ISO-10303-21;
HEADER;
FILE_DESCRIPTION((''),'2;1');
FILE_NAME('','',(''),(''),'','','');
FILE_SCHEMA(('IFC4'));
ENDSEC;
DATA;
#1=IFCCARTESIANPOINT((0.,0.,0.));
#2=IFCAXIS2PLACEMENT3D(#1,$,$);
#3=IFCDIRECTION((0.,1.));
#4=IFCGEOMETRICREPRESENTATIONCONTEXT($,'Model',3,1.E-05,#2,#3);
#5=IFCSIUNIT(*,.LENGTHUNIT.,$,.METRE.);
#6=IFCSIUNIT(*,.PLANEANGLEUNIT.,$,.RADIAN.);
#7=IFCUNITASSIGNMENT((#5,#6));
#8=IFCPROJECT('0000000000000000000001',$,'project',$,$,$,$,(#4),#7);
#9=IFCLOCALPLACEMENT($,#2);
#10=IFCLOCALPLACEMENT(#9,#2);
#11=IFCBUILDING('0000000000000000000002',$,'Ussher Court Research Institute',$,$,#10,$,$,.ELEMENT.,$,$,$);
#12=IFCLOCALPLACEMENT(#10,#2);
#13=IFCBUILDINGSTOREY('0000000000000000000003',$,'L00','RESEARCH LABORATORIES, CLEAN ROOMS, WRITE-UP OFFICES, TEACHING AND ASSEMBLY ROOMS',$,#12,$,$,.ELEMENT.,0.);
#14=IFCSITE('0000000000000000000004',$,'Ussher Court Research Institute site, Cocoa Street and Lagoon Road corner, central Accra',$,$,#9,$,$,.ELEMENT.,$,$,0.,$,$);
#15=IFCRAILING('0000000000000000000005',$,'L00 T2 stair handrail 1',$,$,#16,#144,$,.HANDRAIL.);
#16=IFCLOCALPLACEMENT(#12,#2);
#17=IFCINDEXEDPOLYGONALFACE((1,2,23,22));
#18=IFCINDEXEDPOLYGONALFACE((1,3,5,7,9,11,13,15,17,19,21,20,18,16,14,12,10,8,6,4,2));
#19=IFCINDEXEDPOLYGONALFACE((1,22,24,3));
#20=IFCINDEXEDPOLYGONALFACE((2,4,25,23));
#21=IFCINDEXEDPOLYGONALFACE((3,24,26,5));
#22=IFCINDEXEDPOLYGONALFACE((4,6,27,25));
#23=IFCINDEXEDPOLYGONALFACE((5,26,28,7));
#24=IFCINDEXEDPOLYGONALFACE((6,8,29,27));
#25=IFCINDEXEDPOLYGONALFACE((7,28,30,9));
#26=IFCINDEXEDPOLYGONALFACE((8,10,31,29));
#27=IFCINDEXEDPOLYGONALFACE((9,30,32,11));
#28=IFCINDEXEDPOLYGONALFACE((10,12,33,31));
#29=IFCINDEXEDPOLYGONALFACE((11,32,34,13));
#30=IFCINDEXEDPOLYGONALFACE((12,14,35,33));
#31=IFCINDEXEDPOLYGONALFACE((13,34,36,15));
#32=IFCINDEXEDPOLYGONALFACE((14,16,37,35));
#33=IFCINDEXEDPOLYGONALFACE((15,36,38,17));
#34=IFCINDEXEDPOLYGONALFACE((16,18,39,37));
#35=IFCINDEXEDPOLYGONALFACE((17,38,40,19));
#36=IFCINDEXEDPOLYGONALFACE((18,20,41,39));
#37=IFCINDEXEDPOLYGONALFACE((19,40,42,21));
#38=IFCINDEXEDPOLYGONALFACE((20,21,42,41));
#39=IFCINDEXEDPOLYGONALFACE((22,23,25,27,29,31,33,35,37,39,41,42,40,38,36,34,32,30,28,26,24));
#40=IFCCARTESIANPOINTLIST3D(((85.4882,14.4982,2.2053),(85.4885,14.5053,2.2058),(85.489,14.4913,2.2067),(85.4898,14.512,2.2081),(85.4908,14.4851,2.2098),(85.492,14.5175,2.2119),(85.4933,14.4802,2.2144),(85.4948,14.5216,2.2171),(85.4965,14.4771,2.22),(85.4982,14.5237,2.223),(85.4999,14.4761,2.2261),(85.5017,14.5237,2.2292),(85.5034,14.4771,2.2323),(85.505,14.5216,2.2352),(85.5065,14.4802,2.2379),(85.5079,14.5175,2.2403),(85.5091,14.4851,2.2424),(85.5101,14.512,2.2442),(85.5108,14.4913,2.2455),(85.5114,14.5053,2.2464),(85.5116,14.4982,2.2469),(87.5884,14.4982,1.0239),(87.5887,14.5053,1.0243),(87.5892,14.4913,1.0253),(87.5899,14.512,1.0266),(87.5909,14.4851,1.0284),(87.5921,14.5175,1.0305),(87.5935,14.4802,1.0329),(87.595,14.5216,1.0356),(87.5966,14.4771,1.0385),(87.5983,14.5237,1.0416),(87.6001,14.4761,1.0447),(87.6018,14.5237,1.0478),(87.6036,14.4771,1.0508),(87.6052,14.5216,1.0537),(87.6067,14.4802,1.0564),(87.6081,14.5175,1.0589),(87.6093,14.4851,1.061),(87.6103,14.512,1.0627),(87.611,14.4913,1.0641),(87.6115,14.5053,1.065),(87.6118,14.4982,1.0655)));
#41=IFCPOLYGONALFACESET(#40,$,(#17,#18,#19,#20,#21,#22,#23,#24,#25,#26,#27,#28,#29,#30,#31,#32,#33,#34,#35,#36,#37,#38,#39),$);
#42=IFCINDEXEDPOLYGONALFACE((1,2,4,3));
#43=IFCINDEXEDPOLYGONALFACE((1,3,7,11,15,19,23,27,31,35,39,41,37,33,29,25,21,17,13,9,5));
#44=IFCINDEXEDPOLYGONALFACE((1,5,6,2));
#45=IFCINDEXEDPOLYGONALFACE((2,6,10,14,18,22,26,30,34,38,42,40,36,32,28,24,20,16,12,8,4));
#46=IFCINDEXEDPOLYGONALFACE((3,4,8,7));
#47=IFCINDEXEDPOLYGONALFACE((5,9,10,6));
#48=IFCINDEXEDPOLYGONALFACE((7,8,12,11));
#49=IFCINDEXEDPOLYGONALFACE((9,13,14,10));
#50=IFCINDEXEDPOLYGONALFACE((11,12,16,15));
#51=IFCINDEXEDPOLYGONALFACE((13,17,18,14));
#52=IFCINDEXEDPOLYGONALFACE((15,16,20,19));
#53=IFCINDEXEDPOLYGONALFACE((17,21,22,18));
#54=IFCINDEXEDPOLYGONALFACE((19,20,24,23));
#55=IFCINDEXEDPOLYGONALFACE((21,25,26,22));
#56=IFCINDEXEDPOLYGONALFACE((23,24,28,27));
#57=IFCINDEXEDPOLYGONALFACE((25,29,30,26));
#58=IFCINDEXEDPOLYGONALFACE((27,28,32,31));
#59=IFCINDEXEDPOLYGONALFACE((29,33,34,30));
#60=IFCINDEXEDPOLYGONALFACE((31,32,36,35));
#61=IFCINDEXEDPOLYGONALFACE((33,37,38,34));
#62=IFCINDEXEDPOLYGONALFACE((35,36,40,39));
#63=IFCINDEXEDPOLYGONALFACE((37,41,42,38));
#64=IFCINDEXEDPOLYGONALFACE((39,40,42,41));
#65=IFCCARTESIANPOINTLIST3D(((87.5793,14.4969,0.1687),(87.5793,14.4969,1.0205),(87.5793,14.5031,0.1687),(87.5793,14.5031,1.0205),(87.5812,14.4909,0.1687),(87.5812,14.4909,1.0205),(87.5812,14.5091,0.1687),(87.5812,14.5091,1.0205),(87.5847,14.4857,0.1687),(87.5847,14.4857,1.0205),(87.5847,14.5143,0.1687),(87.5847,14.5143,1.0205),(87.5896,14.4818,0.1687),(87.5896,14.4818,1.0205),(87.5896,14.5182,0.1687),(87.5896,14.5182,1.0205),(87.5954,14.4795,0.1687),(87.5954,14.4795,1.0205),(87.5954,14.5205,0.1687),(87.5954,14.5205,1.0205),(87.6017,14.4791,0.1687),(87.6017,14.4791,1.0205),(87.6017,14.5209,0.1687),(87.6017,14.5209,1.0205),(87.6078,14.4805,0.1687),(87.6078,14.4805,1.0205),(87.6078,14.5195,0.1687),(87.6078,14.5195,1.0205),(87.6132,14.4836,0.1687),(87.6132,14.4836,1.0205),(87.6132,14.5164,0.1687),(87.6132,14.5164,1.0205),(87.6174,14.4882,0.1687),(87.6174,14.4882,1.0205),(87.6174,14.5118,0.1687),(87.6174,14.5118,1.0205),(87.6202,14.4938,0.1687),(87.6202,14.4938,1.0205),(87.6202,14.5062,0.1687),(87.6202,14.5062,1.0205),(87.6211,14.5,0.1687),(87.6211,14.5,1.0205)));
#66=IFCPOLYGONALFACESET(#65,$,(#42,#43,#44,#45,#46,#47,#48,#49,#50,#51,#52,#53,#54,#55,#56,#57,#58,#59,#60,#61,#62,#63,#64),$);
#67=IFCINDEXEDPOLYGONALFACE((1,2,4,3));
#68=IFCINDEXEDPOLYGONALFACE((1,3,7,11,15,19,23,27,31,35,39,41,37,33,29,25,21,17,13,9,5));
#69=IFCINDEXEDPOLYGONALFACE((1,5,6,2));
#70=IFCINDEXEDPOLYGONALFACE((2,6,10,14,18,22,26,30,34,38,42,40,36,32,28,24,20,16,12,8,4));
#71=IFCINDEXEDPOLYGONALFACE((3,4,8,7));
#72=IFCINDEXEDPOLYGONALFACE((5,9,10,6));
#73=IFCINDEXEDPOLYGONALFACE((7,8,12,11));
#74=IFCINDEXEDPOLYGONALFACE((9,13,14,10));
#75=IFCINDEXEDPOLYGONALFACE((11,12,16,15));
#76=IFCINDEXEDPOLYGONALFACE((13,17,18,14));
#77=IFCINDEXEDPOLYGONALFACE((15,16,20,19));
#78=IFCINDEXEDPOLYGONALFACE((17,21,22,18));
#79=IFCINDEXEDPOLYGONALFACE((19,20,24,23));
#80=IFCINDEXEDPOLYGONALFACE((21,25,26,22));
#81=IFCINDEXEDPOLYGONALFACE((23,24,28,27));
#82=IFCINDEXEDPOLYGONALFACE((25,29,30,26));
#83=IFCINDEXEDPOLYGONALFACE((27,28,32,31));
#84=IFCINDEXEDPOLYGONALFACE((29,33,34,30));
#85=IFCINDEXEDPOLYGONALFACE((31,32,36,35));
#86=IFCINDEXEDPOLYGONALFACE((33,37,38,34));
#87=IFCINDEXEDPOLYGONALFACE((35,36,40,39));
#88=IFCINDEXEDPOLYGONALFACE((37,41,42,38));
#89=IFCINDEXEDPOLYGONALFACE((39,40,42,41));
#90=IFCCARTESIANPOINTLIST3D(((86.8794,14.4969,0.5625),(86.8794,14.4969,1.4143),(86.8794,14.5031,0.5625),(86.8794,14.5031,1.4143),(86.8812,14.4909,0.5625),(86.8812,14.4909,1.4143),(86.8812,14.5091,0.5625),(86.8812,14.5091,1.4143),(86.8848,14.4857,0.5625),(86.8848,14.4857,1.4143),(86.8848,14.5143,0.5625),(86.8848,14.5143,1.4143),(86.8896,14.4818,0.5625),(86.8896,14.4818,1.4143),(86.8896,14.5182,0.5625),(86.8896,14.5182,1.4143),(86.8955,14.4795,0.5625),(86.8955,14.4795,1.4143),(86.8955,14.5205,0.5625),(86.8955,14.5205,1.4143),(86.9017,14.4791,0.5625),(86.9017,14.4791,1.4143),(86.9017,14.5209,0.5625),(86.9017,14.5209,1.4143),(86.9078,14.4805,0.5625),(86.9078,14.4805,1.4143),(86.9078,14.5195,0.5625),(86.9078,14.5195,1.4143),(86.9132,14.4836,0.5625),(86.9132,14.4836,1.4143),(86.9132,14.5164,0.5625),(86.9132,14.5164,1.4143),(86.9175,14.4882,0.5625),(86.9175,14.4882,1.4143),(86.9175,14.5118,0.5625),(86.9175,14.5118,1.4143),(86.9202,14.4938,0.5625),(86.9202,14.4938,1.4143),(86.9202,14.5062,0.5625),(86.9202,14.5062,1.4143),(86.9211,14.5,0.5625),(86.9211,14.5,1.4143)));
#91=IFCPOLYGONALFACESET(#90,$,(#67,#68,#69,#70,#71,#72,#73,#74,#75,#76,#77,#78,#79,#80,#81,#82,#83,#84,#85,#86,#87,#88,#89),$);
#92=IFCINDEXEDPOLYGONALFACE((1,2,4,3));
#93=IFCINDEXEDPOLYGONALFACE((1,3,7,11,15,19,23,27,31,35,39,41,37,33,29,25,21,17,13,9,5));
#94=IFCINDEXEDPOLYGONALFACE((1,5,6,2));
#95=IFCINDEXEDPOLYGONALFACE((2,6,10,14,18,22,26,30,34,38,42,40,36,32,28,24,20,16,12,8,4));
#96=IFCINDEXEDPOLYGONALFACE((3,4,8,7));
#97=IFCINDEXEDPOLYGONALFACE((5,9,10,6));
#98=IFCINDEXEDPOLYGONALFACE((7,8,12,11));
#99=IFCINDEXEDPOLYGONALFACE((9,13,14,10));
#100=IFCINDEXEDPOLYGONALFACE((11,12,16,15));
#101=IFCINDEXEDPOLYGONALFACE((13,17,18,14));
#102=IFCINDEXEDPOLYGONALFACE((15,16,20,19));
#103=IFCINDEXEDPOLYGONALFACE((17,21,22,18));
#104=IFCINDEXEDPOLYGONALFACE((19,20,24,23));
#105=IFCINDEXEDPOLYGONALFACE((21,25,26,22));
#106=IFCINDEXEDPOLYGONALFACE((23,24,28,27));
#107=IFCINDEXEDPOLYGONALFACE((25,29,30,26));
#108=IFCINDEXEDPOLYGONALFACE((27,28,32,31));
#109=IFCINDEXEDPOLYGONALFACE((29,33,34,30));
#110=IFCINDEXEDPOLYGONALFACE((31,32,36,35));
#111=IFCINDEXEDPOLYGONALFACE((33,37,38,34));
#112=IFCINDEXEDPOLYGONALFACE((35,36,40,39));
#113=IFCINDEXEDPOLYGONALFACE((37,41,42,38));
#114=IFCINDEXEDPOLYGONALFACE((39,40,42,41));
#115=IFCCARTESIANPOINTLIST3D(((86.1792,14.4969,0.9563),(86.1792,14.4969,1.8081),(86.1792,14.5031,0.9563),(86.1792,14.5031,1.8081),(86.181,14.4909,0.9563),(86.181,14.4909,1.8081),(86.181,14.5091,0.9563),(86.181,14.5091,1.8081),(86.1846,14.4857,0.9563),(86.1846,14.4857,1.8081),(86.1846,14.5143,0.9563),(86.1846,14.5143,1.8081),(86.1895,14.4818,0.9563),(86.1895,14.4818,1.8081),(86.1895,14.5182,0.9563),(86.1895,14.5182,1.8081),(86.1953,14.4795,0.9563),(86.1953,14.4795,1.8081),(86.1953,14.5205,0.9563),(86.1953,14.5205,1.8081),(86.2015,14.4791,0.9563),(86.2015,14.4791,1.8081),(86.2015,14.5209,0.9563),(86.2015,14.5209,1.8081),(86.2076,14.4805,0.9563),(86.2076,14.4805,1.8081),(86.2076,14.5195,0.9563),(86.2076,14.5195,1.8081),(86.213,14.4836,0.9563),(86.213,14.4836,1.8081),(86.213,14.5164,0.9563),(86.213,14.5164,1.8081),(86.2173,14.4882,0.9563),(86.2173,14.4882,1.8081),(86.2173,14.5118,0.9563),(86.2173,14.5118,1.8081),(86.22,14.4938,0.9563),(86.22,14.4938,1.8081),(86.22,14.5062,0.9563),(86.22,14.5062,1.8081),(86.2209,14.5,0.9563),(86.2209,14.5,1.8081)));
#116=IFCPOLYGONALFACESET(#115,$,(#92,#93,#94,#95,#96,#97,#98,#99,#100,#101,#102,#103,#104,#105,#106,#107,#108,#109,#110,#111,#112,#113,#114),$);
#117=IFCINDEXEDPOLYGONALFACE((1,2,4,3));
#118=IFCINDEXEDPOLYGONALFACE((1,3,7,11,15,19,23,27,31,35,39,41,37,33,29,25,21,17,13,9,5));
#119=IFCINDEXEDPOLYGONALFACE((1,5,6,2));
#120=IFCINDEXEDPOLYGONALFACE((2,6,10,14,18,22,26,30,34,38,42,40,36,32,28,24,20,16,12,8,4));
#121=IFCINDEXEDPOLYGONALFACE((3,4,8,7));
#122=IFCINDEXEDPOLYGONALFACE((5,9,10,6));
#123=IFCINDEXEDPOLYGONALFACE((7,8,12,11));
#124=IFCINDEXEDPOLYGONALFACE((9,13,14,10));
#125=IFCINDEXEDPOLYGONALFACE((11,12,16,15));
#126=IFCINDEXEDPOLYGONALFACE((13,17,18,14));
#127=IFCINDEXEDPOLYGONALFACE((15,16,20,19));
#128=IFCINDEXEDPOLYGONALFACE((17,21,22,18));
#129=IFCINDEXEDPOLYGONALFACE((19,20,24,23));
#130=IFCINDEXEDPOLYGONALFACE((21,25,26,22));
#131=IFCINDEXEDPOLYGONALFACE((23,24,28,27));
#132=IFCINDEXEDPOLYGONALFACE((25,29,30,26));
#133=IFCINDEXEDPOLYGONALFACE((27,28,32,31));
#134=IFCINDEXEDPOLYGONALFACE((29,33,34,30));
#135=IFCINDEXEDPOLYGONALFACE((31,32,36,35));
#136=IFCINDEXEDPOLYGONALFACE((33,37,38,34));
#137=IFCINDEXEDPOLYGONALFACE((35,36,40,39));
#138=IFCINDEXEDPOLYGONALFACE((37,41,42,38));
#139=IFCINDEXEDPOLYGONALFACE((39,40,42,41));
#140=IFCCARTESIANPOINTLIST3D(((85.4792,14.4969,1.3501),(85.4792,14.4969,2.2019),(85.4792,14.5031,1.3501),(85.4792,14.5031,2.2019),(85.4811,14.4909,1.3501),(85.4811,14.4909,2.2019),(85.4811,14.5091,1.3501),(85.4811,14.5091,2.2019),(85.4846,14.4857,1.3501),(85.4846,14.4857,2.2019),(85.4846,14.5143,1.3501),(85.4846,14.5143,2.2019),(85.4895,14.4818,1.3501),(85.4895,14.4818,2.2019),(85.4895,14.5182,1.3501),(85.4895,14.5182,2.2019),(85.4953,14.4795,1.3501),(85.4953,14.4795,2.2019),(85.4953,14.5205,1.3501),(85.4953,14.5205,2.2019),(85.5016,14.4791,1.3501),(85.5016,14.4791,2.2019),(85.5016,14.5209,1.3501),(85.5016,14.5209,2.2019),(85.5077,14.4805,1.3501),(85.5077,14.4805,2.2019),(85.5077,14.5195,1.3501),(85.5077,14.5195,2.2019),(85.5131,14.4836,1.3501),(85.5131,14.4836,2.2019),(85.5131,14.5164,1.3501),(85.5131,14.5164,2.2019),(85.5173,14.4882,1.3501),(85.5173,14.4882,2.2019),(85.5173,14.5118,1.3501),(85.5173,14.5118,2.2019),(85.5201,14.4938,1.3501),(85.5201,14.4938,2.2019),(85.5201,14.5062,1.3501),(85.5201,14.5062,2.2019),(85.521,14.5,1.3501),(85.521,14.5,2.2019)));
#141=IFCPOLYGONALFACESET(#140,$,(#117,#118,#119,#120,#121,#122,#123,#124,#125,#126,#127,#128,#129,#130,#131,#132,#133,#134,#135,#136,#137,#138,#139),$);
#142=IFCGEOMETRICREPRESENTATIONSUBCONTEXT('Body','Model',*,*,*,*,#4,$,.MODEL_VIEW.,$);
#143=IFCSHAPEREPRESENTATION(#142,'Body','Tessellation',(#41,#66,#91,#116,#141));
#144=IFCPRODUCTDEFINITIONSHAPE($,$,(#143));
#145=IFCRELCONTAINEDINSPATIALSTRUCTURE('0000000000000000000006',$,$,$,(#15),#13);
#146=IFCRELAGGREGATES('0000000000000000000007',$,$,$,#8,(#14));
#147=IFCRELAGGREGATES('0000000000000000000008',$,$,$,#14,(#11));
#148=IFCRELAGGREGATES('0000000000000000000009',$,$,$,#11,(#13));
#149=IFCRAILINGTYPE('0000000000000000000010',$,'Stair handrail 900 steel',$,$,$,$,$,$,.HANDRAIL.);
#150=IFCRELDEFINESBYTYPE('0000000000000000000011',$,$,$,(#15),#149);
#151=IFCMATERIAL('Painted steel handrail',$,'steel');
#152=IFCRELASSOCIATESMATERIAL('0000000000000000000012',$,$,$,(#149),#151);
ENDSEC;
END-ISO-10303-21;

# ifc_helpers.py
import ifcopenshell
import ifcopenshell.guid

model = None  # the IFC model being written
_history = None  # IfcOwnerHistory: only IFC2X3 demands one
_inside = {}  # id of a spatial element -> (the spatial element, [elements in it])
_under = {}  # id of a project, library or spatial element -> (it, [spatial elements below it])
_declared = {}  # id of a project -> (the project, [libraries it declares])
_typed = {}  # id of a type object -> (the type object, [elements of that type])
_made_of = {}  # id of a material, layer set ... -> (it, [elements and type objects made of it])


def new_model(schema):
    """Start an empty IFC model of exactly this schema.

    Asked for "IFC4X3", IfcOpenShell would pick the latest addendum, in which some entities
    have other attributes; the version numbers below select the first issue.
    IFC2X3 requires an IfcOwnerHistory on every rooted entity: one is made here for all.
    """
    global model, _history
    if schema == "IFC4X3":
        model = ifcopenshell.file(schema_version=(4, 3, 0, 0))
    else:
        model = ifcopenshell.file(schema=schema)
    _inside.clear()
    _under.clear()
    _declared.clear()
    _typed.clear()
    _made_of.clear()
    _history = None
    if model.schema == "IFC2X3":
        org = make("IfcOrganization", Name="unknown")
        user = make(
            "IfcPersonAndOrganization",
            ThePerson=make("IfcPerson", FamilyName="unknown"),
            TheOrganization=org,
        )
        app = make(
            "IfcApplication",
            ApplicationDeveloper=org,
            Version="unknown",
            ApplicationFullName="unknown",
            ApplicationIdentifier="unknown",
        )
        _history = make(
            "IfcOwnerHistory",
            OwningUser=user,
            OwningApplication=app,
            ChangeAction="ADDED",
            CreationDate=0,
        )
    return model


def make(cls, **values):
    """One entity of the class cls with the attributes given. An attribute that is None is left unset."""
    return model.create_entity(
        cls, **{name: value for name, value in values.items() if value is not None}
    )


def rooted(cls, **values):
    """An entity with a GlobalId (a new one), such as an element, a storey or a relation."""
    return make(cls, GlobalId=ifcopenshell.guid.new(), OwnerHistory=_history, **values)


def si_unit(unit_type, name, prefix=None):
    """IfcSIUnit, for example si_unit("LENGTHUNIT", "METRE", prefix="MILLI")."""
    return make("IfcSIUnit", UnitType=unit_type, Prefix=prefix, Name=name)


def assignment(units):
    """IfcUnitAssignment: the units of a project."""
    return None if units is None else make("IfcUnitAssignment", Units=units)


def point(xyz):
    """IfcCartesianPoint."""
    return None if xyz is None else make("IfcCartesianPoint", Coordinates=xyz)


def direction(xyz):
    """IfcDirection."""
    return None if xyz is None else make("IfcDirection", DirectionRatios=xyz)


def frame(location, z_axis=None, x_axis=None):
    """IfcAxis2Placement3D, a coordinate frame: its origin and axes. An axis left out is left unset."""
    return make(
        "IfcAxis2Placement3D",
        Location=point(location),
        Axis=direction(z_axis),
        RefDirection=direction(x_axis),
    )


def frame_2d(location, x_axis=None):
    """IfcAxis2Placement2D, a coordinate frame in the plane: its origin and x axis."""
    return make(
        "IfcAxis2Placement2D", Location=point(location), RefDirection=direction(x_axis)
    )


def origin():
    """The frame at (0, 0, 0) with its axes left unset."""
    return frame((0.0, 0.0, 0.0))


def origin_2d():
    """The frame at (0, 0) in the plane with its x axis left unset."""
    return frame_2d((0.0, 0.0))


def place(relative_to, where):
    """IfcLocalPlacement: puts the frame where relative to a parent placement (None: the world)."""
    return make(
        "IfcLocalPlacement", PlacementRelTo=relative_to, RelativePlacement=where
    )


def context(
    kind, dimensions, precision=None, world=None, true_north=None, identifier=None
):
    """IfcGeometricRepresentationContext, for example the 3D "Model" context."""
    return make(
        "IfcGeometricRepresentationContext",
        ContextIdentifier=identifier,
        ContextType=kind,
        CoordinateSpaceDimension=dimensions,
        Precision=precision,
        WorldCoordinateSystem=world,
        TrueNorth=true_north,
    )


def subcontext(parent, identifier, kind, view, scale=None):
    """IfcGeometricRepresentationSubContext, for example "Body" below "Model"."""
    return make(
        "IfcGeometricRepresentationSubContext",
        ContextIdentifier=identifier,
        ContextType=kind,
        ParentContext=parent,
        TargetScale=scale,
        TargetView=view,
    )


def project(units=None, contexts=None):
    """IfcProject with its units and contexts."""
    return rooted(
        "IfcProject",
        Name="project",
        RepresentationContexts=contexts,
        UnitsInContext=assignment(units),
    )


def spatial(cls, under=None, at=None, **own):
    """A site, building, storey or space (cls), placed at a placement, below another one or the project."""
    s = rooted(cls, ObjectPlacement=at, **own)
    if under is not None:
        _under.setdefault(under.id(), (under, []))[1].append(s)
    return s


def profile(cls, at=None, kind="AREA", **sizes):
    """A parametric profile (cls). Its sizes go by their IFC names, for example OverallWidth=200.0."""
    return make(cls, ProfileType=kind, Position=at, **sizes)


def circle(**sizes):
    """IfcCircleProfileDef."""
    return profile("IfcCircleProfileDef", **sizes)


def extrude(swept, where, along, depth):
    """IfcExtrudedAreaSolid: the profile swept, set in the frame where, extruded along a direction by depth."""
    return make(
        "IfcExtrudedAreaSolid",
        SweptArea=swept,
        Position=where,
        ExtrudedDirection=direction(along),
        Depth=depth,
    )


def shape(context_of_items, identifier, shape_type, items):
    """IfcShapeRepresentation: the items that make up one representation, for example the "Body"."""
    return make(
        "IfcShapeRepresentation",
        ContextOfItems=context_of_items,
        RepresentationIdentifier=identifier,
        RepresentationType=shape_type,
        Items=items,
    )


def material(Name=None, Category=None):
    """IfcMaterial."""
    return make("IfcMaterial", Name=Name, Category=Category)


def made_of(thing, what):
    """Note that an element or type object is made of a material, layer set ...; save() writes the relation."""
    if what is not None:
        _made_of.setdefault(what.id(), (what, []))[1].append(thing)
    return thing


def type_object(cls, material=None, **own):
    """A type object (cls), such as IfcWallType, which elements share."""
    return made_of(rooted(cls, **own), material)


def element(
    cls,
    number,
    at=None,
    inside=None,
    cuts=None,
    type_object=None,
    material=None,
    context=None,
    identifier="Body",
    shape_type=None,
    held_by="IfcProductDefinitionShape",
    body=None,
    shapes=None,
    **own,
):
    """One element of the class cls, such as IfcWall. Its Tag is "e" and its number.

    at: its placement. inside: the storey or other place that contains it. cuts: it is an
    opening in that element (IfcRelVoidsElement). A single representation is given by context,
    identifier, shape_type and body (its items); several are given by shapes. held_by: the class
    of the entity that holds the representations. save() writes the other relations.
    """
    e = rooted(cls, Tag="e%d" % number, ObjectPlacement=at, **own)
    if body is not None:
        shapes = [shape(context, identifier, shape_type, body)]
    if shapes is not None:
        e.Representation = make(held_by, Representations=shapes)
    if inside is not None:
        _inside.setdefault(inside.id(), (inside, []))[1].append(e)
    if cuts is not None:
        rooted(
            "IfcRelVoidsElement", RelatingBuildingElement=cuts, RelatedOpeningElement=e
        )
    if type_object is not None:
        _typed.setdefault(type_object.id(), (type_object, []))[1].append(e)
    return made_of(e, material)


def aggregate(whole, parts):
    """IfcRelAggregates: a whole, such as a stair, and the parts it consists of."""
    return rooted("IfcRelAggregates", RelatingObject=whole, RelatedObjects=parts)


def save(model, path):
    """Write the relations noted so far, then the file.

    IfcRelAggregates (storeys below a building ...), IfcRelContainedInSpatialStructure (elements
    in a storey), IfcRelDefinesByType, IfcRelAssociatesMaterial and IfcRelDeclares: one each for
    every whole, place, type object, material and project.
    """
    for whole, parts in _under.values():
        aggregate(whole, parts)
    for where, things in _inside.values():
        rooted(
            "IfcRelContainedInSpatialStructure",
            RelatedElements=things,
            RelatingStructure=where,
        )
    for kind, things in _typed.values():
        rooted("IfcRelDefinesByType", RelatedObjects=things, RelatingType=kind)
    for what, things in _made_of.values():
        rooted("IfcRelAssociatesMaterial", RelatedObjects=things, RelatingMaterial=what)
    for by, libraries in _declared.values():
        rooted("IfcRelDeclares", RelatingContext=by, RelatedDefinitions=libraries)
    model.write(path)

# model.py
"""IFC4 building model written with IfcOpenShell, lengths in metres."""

from ifc_helpers import new_model, si_unit, direction, frame, origin, origin_2d, place, context, subcontext, project, spatial, circle, extrude, material, type_object, element, save


model = new_model("IFC4")

# Units and contexts
model_context = context("Model", 3, precision=1e-05, world=origin(), true_north=direction((0.0, 1.0)))
body_context = subcontext(model_context, "Body", "Model", "MODEL_VIEW")
ifc_project = project(units=[si_unit("LENGTHUNIT", "METRE"), si_unit("PLANEANGLEUNIT", "RADIAN")], contexts=[model_context])

# Site, building, storey
site_placement = place(None, origin())
site = spatial("IfcSite", under=ifc_project, at=site_placement, Name="Ussher Court Research Institute site, Cocoa Street and Lagoon Road corner, central Accra", CompositionType="ELEMENT", RefElevation=0.0)
building_placement = place(site_placement, origin())
building = spatial("IfcBuilding", under=site, at=building_placement, Name="Ussher Court Research Institute", CompositionType="ELEMENT")
storey_placement = place(building_placement, origin())
storey = spatial("IfcBuildingStorey", under=building, at=storey_placement, Name="L00", Description="RESEARCH LABORATORIES, CLEAN ROOMS, WRITE-UP OFFICES, TEACHING AND ASSEMBLY ROOMS", CompositionType="ELEMENT", Elevation=0.0)

# Railing
ifc_material_1 = material(Name="Painted steel handrail", Category="steel")
railing_type = type_object("IfcRailingType", Name="Stair handrail 900 steel", PredefinedType="HANDRAIL", material=ifc_material_1)
for number, where, name in (
    (1, (87.6001, 14.5, 0.1687), "L00 T2 stair handrail 1"),
):
    element("IfcRailing", number, at=place(storey_placement, frame(where)), inside=storey, type_object=railing_type, Name=name, PredefinedType="HANDRAIL", context=body_context, shape_type="SweptSolid", body=[
        extrude(circle(Radius=0.0239, at=origin_2d()), frame((0.0, 0.0, 0.876), z_axis=(-0.871559, 0.0, 0.49029), x_axis=(0.0, -1.0, 0.0)), (0.0, 0.0, 1.0), 2.4097),
        extrude(circle(Radius=0.021, at=origin_2d()), origin(), (0.0, 0.0, 1.0), 0.8518),
        extrude(circle(Radius=0.021, at=origin_2d()), frame((-0.7, 0.0, 0.3938)), (0.0, 0.0, 1.0), 0.8518),
        extrude(circle(Radius=0.021, at=origin_2d()), frame((-1.4001, 0.0, 0.7876)), (0.0, 0.0, 1.0), 0.8518),
        extrude(circle(Radius=0.021, at=origin_2d()), frame((-2.1001, 0.0, 1.1814)), (0.0, 0.0, 1.0), 0.8518),
    ])

save(model, "model.ifc")
